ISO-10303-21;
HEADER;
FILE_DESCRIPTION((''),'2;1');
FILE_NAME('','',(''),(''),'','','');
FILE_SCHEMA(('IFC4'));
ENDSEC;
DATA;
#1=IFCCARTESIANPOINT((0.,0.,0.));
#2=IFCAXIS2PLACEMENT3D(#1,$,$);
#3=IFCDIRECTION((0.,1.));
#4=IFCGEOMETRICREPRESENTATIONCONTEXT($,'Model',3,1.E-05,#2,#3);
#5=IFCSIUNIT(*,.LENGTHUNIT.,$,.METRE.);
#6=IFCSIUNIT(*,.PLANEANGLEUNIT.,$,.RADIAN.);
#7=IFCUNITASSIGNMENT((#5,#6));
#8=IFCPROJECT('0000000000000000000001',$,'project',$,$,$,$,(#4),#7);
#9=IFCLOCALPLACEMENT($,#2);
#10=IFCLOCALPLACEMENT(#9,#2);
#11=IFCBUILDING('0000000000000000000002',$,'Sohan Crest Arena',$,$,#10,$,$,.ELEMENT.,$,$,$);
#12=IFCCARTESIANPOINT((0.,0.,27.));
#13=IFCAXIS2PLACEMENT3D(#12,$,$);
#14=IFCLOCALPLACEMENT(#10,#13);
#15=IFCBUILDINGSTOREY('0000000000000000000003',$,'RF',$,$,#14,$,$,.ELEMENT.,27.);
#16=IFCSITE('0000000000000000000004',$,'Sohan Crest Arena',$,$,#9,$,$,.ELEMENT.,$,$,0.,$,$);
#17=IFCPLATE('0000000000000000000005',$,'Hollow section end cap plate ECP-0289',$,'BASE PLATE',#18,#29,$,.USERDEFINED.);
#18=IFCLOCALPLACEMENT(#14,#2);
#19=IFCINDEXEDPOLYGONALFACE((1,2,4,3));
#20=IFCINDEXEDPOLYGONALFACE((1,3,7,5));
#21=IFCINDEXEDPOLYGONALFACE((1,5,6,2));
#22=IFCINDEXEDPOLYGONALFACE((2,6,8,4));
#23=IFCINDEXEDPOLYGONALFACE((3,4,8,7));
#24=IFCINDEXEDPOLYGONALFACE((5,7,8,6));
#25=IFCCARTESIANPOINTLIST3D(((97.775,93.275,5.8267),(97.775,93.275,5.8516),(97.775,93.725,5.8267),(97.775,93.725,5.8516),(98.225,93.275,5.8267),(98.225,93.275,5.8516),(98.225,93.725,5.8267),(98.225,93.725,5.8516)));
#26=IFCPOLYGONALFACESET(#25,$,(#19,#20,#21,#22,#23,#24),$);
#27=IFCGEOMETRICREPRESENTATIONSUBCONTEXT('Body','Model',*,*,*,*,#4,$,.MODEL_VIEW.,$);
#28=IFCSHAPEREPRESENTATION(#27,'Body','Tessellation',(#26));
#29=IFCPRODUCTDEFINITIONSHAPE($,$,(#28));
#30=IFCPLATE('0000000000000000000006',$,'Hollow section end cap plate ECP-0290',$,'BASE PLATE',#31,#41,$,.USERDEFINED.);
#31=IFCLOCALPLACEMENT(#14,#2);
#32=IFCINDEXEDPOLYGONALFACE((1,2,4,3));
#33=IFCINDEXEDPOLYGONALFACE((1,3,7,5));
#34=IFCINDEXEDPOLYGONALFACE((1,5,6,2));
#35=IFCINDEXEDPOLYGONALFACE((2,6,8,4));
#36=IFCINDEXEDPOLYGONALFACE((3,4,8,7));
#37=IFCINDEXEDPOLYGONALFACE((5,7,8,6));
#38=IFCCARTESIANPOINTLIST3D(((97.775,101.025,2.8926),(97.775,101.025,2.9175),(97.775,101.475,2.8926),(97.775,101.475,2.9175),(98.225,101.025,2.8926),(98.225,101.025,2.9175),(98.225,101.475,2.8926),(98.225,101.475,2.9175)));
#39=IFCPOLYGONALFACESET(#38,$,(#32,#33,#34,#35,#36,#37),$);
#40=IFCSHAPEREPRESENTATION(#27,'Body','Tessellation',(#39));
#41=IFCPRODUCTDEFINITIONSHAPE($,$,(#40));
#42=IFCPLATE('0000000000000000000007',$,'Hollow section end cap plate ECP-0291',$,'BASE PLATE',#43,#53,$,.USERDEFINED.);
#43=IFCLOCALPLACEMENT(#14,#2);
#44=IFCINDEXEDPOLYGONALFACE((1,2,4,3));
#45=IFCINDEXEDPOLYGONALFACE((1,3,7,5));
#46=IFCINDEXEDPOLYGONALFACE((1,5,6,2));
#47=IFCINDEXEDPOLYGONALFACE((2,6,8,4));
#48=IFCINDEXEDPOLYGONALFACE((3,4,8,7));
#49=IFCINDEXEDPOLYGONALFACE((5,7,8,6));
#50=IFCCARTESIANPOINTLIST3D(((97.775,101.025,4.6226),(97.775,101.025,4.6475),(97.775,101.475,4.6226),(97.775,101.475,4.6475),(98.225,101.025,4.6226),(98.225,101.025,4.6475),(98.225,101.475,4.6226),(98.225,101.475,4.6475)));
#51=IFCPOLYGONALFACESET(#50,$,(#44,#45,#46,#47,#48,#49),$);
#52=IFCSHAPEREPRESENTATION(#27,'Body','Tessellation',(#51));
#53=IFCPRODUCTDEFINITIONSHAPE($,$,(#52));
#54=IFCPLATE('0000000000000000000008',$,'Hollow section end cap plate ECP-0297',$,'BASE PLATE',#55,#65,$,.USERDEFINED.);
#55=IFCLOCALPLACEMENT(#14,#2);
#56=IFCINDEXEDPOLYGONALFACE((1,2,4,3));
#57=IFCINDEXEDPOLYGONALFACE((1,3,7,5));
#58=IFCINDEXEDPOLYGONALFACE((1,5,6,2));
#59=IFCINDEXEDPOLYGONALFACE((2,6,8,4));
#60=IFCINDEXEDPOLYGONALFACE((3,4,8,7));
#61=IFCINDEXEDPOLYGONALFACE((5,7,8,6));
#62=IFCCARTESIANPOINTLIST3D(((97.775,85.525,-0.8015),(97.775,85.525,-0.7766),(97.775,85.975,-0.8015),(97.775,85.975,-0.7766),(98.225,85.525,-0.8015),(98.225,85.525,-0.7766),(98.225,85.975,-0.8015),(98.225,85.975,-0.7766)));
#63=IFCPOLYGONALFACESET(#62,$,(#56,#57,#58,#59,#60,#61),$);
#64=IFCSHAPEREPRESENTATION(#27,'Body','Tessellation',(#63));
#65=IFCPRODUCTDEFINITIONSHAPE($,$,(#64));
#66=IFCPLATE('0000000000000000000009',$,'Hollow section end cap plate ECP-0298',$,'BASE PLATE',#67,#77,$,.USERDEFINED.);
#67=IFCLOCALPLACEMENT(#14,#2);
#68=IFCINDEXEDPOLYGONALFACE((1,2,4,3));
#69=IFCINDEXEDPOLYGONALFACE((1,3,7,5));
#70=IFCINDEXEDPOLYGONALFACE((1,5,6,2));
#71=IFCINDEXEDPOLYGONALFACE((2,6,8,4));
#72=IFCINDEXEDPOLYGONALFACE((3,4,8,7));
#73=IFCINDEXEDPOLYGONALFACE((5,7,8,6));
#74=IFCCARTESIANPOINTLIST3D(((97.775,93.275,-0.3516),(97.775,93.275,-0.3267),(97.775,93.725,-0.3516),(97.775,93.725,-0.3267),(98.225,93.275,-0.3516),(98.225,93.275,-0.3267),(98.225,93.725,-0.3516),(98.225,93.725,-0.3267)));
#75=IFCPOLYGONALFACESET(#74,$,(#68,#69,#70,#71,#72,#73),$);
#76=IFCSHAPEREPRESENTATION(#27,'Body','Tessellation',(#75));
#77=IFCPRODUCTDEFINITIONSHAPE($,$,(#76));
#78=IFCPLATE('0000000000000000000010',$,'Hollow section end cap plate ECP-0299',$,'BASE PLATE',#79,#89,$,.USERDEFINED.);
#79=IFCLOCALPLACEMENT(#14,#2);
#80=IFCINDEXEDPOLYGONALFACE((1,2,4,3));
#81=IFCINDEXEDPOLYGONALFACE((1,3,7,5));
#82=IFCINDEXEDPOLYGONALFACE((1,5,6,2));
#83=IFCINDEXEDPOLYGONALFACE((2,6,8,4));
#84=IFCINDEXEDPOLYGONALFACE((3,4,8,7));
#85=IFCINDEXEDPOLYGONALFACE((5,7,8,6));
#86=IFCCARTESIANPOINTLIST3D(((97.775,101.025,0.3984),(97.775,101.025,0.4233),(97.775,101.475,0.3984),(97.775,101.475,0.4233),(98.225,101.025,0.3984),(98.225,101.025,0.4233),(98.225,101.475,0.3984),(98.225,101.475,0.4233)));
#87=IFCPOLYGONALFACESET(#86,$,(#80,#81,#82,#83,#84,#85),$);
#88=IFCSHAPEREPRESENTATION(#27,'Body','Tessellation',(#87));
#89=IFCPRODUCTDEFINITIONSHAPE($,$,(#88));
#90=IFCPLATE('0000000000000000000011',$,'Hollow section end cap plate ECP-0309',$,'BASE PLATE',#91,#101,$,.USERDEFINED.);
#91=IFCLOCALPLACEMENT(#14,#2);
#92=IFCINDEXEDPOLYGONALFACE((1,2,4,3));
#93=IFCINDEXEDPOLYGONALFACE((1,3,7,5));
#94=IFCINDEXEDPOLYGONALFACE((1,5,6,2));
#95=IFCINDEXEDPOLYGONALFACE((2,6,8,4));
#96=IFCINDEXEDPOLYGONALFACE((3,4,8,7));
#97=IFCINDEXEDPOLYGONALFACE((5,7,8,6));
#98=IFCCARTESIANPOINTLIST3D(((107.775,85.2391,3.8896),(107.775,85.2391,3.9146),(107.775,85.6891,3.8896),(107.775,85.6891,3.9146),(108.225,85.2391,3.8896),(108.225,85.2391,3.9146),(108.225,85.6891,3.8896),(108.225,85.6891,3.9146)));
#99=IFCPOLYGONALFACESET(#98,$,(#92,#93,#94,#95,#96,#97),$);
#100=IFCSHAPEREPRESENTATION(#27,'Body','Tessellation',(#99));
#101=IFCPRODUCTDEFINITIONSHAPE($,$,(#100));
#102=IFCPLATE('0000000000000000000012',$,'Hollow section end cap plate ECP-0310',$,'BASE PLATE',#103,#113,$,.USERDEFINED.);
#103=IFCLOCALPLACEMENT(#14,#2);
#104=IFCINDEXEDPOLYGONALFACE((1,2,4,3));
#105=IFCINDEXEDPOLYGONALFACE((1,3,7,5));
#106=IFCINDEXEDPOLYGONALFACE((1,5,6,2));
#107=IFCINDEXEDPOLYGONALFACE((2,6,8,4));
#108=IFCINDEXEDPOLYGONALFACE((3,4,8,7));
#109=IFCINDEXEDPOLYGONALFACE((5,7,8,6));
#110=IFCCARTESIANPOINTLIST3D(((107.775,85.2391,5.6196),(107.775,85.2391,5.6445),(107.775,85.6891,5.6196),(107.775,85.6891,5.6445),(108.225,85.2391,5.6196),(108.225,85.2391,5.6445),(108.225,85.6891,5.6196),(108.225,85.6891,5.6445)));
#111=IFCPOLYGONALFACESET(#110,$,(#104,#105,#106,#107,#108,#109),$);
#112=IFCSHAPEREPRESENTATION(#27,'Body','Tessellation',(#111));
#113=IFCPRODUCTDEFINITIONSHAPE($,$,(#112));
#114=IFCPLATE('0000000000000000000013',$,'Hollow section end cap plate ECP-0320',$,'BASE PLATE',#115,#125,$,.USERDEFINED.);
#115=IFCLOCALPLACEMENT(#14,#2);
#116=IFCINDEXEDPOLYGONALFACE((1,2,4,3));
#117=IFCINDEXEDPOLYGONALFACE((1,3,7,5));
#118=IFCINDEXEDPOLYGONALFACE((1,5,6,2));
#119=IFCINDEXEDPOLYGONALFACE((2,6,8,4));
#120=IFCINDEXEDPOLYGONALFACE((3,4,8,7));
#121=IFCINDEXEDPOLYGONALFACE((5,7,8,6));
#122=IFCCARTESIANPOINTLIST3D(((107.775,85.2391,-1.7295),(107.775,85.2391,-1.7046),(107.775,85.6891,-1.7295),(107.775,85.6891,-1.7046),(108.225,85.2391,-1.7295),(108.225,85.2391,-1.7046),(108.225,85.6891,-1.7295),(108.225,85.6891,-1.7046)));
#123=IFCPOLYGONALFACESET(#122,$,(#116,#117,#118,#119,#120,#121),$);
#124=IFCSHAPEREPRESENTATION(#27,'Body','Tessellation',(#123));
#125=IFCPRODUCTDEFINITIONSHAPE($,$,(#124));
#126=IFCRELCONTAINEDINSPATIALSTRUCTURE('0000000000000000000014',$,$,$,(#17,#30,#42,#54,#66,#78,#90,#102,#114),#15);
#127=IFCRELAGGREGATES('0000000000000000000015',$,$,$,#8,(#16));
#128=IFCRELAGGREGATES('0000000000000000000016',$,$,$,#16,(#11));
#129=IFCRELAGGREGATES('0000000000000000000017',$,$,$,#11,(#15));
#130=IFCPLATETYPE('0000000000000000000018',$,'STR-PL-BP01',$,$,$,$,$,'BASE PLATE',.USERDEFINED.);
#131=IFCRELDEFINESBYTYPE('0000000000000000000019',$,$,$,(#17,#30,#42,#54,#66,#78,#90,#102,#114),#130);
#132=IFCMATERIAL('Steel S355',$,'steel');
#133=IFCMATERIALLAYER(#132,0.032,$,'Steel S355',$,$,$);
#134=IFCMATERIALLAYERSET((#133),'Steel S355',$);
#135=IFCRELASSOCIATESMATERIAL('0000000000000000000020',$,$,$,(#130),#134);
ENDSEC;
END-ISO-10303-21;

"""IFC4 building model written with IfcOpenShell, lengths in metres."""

from ifc_helpers import new_model, si_unit, direction, frame, origin, origin_2d, place, context, subcontext, project, spatial, rectangle, extrude, material, layer, layer_set, type_object, element, save


model = new_model("IFC4")

# Units and contexts
model_context = context("Model", 3, precision=1e-05, world=origin(), true_north=direction((0.0, 1.0)))
body_context = subcontext(model_context, "Body", "Model", "MODEL_VIEW")
ifc_project = project(units=[si_unit("LENGTHUNIT", "METRE"), si_unit("PLANEANGLEUNIT", "RADIAN")], contexts=[model_context])

# Site, building, storey
site_placement = place(None, origin())
site = spatial("IfcSite", under=ifc_project, at=site_placement, Name="Sohan Crest Arena", CompositionType="ELEMENT", RefElevation=0.0)
building_placement = place(site_placement, origin())
building = spatial("IfcBuilding", under=site, at=building_placement, Name="Sohan Crest Arena", CompositionType="ELEMENT")
storey_placement = place(building_placement, frame((0.0, 0.0, 27.0)))
storey = spatial("IfcBuildingStorey", under=building, at=storey_placement, Name="RF", CompositionType="ELEMENT", Elevation=27.0)

# Shared definitions
ifc_material_1 = material(Name="Steel S355", Category="steel")

# Plates
ifc_layer = layer(ifc_material_1, 0.032, Name="Steel S355")
ifc_layer_set = layer_set([ifc_layer], Name="Steel S355")
plate_type = type_object("IfcPlateType", Name="STR-PL-BP01", ElementType="BASE PLATE", PredefinedType="USERDEFINED", material=ifc_layer_set)
for number, where, z_axis, x_axis, name in (
    (1, (98.0, 93.5, 5.8267), (0.0, 0.0, 1.0), (1.0, 0.0, 0.0), "Hollow section end cap plate ECP-0289"),
    (2, (98.0, 101.25, 2.8926), (0.0, 0.0, 1.0), (1.0, 0.0, 0.0), "Hollow section end cap plate ECP-0290"),
    (3, (98.0, 101.25, 4.6226), (0.0, 0.0, 1.0), (1.0, 0.0, 0.0), "Hollow section end cap plate ECP-0291"),
    (4, (98.0, 85.75, -0.8015), (0.0, 0.0, 1.0), (1.0, 0.0, 0.0), "Hollow section end cap plate ECP-0297"),
    (5, (98.0, 93.5, -0.3516), (0.0, 0.0, 1.0), (1.0, 0.0, 0.0), "Hollow section end cap plate ECP-0298"),
    (6, (98.0, 101.25, 0.3984), (0.0, 0.0, 1.0), (1.0, 0.0, 0.0), "Hollow section end cap plate ECP-0299"),
    (7, (108.0, 85.4641, 3.8896), (0.0, 0.0, 1.0), (1.0, 0.0, 0.0), "Hollow section end cap plate ECP-0309"),
    (8, (108.0, 85.4641, 5.6196), (0.0, 0.0, 1.0), (1.0, 0.0, 0.0), "Hollow section end cap plate ECP-0310"),
    (9, (108.0, 85.4641, -1.7295), (0.0, 0.0, 1.0), (1.0, 0.0, 0.0), "Hollow section end cap plate ECP-0320"),
):
    element("IfcPlate", number, at=place(storey_placement, frame(where, z_axis=z_axis, x_axis=x_axis)), inside=storey, type_object=plate_type, Name=name, ObjectType="BASE PLATE", PredefinedType="USERDEFINED", context=body_context, shape_type="SweptSolid", body=[
        extrude(rectangle(XDim=0.45, YDim=0.45, at=origin_2d()), origin(), (0.0, 0.0, 1.0), 0.0249),
    ])

save(model, "model.ifc")
